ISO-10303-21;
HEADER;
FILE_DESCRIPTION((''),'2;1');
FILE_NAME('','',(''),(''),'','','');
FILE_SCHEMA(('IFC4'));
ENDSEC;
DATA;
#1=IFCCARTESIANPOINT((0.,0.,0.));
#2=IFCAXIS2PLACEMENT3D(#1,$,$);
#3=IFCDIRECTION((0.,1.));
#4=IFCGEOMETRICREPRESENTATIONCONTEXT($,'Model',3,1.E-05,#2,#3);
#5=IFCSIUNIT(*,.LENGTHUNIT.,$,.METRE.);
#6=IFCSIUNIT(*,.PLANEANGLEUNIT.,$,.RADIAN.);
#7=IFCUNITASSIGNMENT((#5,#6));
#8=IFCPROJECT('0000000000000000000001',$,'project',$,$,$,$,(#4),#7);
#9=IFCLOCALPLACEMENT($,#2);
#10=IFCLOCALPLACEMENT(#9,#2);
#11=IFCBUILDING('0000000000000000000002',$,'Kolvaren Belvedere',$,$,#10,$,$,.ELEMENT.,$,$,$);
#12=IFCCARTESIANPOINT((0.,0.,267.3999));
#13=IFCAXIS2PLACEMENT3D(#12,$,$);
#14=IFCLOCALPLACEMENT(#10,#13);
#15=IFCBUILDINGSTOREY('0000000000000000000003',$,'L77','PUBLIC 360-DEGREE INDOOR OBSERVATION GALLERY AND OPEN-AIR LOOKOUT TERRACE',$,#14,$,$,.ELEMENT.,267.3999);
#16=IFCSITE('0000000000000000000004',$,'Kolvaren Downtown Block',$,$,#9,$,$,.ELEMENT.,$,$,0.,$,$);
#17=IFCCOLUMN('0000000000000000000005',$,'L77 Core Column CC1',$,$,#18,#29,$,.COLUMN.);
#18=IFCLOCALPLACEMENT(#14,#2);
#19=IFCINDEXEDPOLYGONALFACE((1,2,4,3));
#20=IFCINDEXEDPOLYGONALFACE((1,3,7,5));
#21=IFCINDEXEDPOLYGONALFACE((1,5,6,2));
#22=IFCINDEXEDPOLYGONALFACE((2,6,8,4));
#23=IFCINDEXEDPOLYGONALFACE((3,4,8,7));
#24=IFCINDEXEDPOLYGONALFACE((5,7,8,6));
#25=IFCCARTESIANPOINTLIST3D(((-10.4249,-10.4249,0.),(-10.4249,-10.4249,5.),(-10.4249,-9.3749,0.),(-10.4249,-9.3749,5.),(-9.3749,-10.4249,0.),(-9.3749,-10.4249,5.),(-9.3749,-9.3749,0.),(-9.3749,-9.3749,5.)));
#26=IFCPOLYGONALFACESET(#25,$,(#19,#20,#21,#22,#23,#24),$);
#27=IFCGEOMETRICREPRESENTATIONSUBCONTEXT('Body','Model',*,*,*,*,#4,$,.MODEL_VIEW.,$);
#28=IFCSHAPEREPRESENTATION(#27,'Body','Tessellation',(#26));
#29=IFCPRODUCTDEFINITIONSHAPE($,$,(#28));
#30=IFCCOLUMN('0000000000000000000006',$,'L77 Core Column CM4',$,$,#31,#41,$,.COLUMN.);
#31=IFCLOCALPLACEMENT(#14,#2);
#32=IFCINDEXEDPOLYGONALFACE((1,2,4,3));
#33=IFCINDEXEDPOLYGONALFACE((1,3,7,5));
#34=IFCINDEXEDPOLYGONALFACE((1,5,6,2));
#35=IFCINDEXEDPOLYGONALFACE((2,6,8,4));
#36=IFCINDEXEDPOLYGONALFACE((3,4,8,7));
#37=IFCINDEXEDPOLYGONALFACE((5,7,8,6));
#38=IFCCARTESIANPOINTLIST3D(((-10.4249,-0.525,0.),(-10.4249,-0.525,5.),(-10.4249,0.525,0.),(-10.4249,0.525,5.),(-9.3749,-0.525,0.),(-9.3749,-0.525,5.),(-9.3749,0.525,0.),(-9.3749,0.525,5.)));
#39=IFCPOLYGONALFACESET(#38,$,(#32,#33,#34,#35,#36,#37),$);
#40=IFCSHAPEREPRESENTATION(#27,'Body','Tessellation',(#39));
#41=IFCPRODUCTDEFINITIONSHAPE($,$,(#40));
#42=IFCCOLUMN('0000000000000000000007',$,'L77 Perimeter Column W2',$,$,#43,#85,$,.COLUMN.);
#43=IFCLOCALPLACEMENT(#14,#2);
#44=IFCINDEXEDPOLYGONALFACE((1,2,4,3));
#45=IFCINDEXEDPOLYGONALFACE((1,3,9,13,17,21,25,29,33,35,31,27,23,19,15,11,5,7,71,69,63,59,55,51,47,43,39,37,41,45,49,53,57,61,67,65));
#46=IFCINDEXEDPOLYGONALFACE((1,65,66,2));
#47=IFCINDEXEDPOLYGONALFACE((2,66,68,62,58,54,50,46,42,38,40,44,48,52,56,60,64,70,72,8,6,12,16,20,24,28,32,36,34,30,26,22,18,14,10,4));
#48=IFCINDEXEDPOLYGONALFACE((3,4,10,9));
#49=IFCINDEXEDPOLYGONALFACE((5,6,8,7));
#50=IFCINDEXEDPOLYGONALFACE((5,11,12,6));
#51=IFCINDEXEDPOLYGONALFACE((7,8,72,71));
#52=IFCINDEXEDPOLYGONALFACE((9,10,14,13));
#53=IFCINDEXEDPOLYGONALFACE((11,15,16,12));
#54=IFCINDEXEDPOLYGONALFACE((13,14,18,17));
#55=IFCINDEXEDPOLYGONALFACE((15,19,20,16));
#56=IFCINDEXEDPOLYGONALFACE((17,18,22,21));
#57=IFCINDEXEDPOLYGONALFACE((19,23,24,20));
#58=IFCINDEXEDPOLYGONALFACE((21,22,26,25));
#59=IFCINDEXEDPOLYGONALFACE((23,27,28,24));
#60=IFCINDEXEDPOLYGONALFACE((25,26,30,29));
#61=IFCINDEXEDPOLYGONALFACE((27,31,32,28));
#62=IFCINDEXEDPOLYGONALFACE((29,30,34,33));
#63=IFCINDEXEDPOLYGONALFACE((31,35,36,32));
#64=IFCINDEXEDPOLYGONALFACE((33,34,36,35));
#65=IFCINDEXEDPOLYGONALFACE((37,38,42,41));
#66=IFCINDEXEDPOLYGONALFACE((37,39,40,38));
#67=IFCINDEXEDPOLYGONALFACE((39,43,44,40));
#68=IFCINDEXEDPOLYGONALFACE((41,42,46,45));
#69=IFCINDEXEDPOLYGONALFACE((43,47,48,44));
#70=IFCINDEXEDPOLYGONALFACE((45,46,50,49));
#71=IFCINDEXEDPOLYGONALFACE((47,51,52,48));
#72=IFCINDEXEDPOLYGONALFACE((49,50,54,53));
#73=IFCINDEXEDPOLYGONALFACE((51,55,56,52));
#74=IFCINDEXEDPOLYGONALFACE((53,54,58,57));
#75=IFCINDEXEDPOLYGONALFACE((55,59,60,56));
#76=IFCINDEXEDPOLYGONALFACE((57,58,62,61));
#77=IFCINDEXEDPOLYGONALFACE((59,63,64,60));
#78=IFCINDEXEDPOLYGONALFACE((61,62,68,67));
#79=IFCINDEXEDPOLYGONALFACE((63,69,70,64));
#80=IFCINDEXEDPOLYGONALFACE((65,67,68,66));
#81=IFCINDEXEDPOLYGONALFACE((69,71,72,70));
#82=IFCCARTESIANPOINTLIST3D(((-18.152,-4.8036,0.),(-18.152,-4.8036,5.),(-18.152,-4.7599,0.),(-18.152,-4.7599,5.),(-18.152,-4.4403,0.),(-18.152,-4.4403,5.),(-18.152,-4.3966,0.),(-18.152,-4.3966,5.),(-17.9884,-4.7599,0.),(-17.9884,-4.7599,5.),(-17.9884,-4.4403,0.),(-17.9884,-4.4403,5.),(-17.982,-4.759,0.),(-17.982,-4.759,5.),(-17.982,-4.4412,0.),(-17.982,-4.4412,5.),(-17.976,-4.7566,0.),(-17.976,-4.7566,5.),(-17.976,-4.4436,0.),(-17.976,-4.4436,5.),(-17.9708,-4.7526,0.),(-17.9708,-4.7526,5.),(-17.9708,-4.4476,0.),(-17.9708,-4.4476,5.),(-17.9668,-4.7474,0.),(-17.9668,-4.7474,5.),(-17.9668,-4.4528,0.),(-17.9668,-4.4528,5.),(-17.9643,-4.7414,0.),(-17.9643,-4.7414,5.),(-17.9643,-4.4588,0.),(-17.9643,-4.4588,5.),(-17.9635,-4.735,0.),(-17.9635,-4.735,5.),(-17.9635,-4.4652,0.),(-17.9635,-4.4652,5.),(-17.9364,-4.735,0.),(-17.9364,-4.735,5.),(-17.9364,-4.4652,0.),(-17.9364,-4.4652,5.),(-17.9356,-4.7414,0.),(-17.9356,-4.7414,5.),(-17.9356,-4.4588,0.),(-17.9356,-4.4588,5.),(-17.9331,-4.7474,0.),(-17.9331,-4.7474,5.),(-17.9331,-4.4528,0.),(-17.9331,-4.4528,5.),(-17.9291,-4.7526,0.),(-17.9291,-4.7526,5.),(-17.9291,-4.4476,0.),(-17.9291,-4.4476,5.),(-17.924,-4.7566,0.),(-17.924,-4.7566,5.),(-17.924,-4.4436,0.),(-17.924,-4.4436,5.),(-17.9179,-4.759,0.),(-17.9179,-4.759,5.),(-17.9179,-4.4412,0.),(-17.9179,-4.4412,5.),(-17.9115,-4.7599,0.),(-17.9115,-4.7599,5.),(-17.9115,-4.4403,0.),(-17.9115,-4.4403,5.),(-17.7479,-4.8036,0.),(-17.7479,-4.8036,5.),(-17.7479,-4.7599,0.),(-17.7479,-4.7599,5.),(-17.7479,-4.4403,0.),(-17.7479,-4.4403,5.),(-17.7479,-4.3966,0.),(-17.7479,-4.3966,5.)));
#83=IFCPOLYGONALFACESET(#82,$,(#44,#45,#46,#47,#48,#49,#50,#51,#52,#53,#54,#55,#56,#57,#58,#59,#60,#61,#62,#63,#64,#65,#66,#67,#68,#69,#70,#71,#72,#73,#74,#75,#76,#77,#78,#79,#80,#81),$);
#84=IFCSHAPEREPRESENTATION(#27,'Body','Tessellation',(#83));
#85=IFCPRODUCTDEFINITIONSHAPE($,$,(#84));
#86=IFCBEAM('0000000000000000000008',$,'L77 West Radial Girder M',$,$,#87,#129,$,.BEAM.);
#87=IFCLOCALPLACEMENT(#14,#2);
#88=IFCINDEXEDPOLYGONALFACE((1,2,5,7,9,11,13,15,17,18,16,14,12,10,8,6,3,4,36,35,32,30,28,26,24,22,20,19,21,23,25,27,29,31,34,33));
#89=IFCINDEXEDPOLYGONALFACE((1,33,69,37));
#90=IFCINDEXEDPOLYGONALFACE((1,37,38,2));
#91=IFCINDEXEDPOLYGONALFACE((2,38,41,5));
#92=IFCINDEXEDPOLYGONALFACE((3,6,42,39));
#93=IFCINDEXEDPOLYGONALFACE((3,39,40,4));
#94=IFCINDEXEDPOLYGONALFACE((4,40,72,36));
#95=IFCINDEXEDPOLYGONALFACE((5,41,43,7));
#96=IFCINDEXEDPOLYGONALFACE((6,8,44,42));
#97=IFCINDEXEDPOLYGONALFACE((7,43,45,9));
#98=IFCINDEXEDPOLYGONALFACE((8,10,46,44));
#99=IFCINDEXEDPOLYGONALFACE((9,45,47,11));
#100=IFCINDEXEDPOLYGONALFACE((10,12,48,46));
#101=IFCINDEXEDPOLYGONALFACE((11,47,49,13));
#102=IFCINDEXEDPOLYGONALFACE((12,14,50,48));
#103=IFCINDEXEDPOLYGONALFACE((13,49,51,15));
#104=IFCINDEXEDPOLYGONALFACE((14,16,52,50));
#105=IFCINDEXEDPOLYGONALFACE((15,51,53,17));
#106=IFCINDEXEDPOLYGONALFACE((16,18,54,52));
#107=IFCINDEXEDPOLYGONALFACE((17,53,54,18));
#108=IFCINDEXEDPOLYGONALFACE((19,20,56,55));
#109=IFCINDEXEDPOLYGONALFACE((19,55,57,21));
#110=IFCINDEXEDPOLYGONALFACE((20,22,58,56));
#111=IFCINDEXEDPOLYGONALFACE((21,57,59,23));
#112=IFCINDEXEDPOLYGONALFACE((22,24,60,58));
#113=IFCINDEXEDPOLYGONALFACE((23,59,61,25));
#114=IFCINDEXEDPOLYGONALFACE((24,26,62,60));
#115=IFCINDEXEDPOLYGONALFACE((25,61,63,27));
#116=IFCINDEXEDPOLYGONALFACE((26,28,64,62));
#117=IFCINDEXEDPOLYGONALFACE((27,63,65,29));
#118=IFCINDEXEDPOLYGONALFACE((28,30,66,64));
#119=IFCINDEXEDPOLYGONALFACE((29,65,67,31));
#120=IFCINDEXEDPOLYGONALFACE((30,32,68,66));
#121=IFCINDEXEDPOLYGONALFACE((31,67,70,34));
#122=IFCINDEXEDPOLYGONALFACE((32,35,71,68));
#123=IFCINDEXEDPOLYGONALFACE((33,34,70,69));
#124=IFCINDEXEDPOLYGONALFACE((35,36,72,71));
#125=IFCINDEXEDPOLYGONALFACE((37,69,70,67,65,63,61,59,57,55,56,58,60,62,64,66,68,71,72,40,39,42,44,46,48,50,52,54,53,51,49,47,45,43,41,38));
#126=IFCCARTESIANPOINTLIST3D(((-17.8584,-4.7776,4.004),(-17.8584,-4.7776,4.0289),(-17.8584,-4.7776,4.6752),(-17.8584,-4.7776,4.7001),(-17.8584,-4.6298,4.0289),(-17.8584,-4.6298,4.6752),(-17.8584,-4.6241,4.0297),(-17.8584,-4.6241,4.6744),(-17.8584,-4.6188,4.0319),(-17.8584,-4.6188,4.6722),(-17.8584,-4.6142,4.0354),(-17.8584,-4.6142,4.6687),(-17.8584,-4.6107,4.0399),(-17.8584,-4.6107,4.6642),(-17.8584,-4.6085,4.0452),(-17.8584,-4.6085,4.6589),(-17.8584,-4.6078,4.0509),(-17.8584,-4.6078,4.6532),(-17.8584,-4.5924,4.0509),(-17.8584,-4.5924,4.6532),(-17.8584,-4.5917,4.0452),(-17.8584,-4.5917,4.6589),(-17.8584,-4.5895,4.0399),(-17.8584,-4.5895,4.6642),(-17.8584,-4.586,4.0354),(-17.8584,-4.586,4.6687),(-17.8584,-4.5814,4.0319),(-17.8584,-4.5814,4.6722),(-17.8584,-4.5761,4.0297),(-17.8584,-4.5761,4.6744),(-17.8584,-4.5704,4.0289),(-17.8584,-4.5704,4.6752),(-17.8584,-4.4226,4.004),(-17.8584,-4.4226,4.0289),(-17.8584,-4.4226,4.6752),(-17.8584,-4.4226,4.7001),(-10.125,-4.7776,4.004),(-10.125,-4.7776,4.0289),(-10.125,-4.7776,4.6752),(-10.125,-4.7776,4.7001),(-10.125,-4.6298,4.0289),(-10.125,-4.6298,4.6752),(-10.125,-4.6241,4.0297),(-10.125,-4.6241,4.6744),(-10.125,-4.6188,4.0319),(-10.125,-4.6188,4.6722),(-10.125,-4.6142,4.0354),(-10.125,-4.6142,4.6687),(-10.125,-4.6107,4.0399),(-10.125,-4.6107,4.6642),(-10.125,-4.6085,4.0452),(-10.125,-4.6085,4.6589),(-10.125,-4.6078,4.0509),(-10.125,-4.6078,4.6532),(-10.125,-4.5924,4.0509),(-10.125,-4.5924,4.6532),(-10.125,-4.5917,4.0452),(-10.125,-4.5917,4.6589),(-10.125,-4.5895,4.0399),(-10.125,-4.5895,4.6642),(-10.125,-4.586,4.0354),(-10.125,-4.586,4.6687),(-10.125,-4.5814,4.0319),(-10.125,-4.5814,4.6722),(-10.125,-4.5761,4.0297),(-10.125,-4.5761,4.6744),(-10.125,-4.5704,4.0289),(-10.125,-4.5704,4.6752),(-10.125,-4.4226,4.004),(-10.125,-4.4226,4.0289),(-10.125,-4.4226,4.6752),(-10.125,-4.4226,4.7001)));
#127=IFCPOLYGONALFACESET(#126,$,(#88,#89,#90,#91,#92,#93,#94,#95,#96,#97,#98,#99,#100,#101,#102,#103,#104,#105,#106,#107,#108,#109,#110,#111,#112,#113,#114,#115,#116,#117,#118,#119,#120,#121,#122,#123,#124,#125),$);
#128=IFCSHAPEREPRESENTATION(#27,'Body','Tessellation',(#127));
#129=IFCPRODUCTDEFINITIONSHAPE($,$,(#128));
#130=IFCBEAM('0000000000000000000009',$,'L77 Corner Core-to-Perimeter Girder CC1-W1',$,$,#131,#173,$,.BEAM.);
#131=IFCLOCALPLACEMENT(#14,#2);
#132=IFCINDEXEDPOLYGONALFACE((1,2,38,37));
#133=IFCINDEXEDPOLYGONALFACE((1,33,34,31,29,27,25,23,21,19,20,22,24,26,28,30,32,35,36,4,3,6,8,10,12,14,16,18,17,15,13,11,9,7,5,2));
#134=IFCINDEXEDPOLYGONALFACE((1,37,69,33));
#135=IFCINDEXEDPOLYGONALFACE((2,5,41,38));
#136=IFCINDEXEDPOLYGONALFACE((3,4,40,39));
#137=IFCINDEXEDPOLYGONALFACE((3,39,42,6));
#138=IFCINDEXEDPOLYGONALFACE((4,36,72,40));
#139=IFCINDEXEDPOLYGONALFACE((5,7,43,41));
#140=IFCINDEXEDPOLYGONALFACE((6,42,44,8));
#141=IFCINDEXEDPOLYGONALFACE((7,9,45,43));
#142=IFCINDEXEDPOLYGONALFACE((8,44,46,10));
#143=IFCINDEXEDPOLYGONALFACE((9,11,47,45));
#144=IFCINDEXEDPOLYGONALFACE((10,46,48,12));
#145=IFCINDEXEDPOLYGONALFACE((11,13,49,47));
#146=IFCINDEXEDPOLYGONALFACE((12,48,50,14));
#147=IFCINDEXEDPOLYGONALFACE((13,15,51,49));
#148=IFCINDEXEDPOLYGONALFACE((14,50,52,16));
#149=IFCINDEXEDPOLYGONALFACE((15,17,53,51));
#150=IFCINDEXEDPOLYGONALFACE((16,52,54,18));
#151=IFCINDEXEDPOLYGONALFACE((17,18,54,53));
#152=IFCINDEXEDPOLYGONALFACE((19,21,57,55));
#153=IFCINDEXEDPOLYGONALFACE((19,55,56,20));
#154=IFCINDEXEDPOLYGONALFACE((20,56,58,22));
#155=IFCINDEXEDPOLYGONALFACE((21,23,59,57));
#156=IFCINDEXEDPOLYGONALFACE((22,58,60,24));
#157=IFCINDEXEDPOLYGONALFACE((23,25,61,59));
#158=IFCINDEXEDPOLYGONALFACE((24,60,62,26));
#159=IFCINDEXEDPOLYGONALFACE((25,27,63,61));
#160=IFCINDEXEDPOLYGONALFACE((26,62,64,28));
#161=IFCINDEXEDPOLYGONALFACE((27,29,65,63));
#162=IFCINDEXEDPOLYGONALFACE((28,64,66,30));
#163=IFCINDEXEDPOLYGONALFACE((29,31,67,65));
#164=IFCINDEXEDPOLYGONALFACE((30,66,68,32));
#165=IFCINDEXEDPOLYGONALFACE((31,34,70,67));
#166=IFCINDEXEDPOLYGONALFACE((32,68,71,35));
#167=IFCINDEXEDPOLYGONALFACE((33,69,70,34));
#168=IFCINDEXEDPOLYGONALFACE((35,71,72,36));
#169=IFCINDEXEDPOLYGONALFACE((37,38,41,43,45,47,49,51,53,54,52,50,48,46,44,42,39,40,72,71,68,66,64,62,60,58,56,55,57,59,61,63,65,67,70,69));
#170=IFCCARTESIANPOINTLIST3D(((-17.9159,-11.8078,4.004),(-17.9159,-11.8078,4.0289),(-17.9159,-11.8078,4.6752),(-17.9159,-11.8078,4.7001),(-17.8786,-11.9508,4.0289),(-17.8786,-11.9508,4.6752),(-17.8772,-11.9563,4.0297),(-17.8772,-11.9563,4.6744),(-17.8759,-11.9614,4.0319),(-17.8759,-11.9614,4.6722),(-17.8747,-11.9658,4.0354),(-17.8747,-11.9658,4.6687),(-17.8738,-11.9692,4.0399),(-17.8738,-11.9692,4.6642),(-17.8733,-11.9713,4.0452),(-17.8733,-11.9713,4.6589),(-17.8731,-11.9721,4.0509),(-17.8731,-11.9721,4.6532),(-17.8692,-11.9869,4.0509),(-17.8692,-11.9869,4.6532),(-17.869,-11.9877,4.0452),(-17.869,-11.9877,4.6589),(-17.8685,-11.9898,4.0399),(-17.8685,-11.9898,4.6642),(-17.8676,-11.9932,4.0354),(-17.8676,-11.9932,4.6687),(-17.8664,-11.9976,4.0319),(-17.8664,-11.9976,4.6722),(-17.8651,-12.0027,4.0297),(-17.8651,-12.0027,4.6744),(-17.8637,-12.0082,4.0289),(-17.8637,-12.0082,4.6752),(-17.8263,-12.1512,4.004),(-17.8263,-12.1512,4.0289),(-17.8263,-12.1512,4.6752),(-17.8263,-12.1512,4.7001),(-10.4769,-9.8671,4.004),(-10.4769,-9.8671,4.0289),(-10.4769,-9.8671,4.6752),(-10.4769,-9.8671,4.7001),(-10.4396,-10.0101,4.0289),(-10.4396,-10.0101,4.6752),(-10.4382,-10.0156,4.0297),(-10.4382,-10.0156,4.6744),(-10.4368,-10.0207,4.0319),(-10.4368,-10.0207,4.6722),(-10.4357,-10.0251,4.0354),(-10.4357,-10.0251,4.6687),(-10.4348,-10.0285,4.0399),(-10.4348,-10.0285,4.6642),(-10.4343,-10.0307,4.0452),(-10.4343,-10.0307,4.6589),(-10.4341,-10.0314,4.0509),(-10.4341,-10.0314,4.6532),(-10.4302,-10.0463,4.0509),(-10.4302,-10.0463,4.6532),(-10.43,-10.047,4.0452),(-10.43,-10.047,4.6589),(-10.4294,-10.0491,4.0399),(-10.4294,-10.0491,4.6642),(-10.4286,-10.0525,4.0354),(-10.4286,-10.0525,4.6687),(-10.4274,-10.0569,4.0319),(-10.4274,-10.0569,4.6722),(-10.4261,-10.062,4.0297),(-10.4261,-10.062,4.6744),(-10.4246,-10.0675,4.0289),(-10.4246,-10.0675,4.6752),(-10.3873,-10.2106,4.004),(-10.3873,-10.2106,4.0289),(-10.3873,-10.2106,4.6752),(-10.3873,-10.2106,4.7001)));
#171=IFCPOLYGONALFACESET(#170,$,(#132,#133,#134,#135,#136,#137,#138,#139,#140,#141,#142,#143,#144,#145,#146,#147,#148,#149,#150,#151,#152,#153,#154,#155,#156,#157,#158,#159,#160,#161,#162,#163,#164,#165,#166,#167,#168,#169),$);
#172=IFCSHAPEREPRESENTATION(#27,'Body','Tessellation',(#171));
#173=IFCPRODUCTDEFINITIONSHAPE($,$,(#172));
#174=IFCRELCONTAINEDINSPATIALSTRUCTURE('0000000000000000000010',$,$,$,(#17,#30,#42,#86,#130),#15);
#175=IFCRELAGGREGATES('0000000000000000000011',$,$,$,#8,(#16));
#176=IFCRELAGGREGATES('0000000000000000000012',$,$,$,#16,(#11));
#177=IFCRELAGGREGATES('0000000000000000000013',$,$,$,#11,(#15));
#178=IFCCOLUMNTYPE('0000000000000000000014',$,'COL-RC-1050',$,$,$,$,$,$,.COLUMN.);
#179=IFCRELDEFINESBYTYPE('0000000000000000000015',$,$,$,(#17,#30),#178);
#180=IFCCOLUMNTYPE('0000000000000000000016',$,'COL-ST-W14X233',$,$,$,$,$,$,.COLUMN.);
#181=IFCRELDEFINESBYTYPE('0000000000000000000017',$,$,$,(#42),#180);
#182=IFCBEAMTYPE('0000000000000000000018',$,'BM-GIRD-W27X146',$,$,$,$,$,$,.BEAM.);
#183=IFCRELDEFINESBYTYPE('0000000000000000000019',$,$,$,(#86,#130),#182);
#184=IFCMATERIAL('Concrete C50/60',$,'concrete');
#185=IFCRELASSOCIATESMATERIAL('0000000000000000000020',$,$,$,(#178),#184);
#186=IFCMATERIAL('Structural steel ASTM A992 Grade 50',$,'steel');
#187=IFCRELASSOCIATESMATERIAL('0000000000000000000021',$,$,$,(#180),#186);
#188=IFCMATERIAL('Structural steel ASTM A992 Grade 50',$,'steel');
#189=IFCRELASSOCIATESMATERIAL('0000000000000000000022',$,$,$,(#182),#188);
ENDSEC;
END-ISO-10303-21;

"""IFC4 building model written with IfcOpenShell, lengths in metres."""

from ifc_helpers import new_model, si_unit, direction, frame, origin, origin_2d, place, context, subcontext, project, spatial, rectangle, i_section, extrude, material, material_profile, profile_set, type_object, element, save


model = new_model("IFC4")

# Units and contexts
model_context = context("Model", 3, precision=1e-05, world=origin(), true_north=direction((0.0, 1.0)))
body_context = subcontext(model_context, "Body", "Model", "MODEL_VIEW")
ifc_project = project(units=[si_unit("LENGTHUNIT", "METRE"), si_unit("PLANEANGLEUNIT", "RADIAN")], contexts=[model_context])

# Site, building, storey
site_placement = place(None, origin())
site = spatial("IfcSite", under=ifc_project, at=site_placement, Name="Kolvaren Downtown Block", CompositionType="ELEMENT", RefElevation=0.0)
building_placement = place(site_placement, origin())
building = spatial("IfcBuilding", under=site, at=building_placement, Name="Kolvaren Belvedere", CompositionType="ELEMENT")
storey_placement = place(building_placement, frame((0.0, 0.0, 267.3999)))
storey = spatial("IfcBuildingStorey", under=building, at=storey_placement, Name="L77", Description="PUBLIC 360-DEGREE INDOOR OBSERVATION GALLERY AND OPEN-AIR LOOKOUT TERRACE", CompositionType="ELEMENT", Elevation=267.3999)

# Columns
ifc_material_1 = material(Name="Concrete C50/60", Category="concrete")
ifc_material_profile_1 = material_profile(ifc_material_1, rectangle(XDim=1.05, YDim=1.05, at=origin_2d()), Name="RC 1050X1050")
ifc_profile_set_1 = profile_set([ifc_material_profile_1], Name="Concrete C50/60")
column_type_1 = type_object("IfcColumnType", Name="COL-RC-1050", PredefinedType="COLUMN", material=ifc_profile_set_1)
for number, where, z_axis, x_axis, name in (
    (1, (-9.8999, -9.8999, 0.0), (0.0, 0.0, 1.0), (1.0, 0.0, 0.0), "L77 Core Column CC1"),
    (2, (-9.8999, 0.0, 0.0), (0.0, 0.0, 1.0), (1.0, 0.0, 0.0), "L77 Core Column CM4"),
):
    element("IfcColumn", number, at=place(storey_placement, frame(where, z_axis=z_axis, x_axis=x_axis)), inside=storey, type_object=column_type_1, Name=name, PredefinedType="COLUMN", context=body_context, shape_type="SweptSolid", body=[
        extrude(rectangle(XDim=1.05, YDim=1.05, at=origin_2d()), origin(), (0.0, 0.0, 1.0), 5.0),
    ])
ifc_material_2 = material(Name="Structural steel ASTM A992 Grade 50", Category="steel")
ifc_material_profile_2 = material_profile(ifc_material_2, i_section(OverallWidth=0.4041, OverallDepth=0.407, WebThickness=0.0271, FlangeThickness=0.0437, FilletRadius=0.0249, at=origin_2d()), Name="W14X233")
ifc_profile_set_2 = profile_set([ifc_material_profile_2], Name="Structural steel ASTM A992 Grade 50")
column_type_2 = type_object("IfcColumnType", Name="COL-ST-W14X233", PredefinedType="COLUMN", material=ifc_profile_set_2)
column_placement = place(storey_placement, frame((-17.95, -4.6001, 0.0), z_axis=(0.0, 0.0, 1.0), x_axis=(1.0, 0.0, 0.0)))
element("IfcColumn", 3, at=column_placement, inside=storey, type_object=column_type_2, Name="L77 Perimeter Column W2", PredefinedType="COLUMN", context=body_context, shape_type="SweptSolid", body=[
    extrude(i_section(OverallWidth=0.4041, OverallDepth=0.407, WebThickness=0.0271, FlangeThickness=0.0437, FilletRadius=0.0249, at=origin_2d()), origin(), (0.0, 0.0, 1.0), 5.0),
])

# Beams
ifc_material_3 = material(Name="Structural steel ASTM A992 Grade 50", Category="steel")
ifc_material_profile_3 = material_profile(ifc_material_3, i_section(OverallWidth=0.355, OverallDepth=0.696, WebThickness=0.0154, FlangeThickness=0.0249, FilletRadius=0.022, at=origin_2d()), Name="W27X146")
ifc_profile_set_3 = profile_set([ifc_material_profile_3], Name="Structural steel ASTM A992 Grade 50")
beam_type_1 = type_object("IfcBeamType", Name="BM-GIRD-W27X146", PredefinedType="BEAM", material=ifc_profile_set_3)
beam_1_placement = place(storey_placement, frame((-10.125, -4.6001, 4.3521), z_axis=(-1.0, 0.0, 0.0), x_axis=(0.0, -1.0, 0.0)))
element("IfcBeam", 4, at=beam_1_placement, inside=storey, type_object=beam_type_1, Name="L77 West Radial Girder M", PredefinedType="BEAM", context=body_context, shape_type="SweptSolid", body=[
    extrude(i_section(OverallWidth=0.355, OverallDepth=0.696, WebThickness=0.0154, FlangeThickness=0.0249, FilletRadius=0.022, at=origin_2d()), origin(), (0.0, 0.0, 1.0), 7.7334),
])
beam_2_placement = place(storey_placement, frame((-10.4321, -10.0388, 4.3521), z_axis=(-0.967615, -0.252431, 0.0), x_axis=(0.252431, -0.967615, 0.0)))
element("IfcBeam", 5, at=beam_2_placement, inside=storey, type_object=beam_type_1, Name="L77 Corner Core-to-Perimeter Girder CC1-W1", PredefinedType="BEAM", context=body_context, shape_type="SweptSolid", body=[
    extrude(i_section(OverallWidth=0.355, OverallDepth=0.696, WebThickness=0.0154, FlangeThickness=0.0249, FilletRadius=0.022, at=origin_2d()), origin(), (0.0, 0.0, 1.0), 7.688),
])

save(model, "model.ifc")
